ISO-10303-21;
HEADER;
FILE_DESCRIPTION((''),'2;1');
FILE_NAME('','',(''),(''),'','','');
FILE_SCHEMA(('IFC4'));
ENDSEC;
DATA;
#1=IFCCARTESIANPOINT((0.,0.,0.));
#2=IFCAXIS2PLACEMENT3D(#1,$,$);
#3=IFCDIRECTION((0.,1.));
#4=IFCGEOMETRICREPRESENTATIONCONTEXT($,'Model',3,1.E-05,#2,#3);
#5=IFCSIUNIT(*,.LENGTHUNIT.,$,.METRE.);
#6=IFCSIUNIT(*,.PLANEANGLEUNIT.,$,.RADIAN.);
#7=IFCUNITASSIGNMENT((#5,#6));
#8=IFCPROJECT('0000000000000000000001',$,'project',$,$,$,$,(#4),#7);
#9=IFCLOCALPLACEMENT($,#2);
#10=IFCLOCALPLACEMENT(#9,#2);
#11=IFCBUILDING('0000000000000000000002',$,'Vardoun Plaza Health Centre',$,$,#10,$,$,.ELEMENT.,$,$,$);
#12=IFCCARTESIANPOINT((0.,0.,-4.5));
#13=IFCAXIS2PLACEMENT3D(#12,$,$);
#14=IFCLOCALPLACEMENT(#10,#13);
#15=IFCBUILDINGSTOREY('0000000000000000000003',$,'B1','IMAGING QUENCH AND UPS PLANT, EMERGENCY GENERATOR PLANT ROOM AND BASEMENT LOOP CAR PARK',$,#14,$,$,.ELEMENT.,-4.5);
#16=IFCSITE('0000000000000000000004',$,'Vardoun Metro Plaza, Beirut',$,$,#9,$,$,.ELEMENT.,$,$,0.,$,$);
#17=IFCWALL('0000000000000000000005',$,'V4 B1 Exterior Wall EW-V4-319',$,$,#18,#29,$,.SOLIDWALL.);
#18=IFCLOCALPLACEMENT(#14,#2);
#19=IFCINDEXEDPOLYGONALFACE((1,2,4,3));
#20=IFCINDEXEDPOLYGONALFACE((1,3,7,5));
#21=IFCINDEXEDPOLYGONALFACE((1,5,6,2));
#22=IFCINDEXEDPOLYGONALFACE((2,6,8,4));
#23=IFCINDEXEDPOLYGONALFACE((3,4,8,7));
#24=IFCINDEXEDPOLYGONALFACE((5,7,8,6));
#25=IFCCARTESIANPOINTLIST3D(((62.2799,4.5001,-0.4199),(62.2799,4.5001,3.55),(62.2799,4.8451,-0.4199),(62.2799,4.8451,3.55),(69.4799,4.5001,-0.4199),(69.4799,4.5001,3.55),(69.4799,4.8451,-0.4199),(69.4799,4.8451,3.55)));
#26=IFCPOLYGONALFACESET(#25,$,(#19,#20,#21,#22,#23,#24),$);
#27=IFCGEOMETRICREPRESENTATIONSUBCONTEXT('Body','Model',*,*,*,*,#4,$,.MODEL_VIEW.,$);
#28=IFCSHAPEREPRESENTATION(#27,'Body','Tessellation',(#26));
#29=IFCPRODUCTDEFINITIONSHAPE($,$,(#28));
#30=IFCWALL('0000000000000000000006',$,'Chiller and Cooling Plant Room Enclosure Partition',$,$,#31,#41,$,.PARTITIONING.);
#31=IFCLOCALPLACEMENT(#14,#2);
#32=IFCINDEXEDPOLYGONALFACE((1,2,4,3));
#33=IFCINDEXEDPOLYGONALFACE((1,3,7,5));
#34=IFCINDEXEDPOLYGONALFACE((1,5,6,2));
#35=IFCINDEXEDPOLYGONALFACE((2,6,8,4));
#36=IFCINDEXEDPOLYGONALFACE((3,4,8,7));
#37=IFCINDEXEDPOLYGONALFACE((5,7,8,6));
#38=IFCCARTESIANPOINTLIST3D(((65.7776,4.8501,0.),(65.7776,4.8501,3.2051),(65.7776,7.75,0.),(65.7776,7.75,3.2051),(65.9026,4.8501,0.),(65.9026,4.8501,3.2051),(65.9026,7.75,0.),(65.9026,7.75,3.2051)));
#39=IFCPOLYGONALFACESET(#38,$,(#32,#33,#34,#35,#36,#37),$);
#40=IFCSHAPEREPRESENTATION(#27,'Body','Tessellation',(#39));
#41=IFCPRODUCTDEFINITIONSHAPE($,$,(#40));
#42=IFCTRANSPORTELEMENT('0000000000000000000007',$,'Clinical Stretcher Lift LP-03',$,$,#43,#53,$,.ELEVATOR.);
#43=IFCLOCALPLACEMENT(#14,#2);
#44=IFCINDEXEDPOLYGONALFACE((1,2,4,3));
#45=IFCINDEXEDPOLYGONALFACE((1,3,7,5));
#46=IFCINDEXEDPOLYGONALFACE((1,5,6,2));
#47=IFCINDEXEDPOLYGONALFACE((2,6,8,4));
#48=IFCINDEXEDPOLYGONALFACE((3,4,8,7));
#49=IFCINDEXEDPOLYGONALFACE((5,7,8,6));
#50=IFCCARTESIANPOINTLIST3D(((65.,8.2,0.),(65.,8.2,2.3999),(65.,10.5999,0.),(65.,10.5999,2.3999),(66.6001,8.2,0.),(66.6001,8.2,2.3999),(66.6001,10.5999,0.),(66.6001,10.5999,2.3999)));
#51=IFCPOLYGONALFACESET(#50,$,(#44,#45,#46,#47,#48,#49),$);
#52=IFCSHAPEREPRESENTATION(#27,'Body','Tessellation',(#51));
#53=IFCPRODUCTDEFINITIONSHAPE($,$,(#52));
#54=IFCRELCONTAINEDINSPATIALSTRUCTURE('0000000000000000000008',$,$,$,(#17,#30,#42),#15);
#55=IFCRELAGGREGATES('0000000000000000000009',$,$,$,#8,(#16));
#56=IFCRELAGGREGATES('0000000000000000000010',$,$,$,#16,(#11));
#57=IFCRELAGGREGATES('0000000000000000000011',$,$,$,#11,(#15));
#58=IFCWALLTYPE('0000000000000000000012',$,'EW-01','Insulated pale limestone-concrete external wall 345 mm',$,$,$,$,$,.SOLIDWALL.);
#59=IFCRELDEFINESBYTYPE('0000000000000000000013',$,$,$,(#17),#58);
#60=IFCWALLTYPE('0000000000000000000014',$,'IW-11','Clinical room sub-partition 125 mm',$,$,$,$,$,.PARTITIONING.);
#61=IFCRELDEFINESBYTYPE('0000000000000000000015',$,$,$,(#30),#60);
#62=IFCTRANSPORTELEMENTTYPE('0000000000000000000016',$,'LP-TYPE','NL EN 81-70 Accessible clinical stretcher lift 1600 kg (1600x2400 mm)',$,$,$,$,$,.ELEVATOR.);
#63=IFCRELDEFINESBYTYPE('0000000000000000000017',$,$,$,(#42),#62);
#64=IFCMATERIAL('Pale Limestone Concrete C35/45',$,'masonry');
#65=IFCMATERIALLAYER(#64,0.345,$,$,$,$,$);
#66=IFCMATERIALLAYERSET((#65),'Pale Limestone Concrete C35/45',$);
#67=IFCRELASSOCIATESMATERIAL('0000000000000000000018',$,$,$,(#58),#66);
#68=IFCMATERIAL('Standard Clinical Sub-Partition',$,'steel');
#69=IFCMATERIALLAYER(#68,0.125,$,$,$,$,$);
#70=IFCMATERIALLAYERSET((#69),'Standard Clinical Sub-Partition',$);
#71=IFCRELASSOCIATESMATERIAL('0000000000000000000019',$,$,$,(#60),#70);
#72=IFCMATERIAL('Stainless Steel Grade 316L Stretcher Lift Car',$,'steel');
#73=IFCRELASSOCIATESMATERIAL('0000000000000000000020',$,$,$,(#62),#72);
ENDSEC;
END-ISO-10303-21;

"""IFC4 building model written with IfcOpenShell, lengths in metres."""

from ifc_helpers import new_model, si_unit, direction, frame, frame_2d, origin, origin_2d, place, context, subcontext, project, spatial, rectangle, extrude, material, layer, layer_set, type_object, element, save


model = new_model("IFC4")

# Units and contexts
model_context = context("Model", 3, precision=1e-05, world=origin(), true_north=direction((0.0, 1.0)))
body_context = subcontext(model_context, "Body", "Model", "MODEL_VIEW")
ifc_project = project(units=[si_unit("LENGTHUNIT", "METRE"), si_unit("PLANEANGLEUNIT", "RADIAN")], contexts=[model_context])

# Site, building, storey
site_placement = place(None, origin())
site = spatial("IfcSite", under=ifc_project, at=site_placement, Name="Vardoun Metro Plaza, Beirut", CompositionType="ELEMENT", RefElevation=0.0)
building_placement = place(site_placement, origin())
building = spatial("IfcBuilding", under=site, at=building_placement, Name="Vardoun Plaza Health Centre", CompositionType="ELEMENT")
storey_placement = place(building_placement, frame((0.0, 0.0, -4.5)))
storey = spatial("IfcBuildingStorey", under=building, at=storey_placement, Name="B1", Description="IMAGING QUENCH AND UPS PLANT, EMERGENCY GENERATOR PLANT ROOM AND BASEMENT LOOP CAR PARK", CompositionType="ELEMENT", Elevation=-4.5)

# Walls
ifc_material_1 = material(Name="Pale Limestone Concrete C35/45", Category="masonry")
ifc_layer_1 = layer(ifc_material_1, 0.345)
ifc_layer_set_1 = layer_set([ifc_layer_1], Name="Pale Limestone Concrete C35/45")
wall_type_1 = type_object("IfcWallType", Name="EW-01", Description="Insulated pale limestone-concrete external wall 345 mm", PredefinedType="SOLIDWALL", material=ifc_layer_set_1)
wall_1_placement = place(storey_placement, frame((69.48, 4.6726, -0.4199), z_axis=(0.0, 0.0, 1.0), x_axis=(-1.0, 0.0, 0.0)))
element("IfcWall", 1, at=wall_1_placement, inside=storey, type_object=wall_type_1, Name="V4 B1 Exterior Wall EW-V4-319", PredefinedType="SOLIDWALL", context=body_context, shape_type="SweptSolid", body=[
    extrude(rectangle(XDim=7.2, YDim=0.345, at=frame_2d((3.6001, 0.0))), origin(), (0.0, 0.0, 1.0), 3.97),
])
ifc_material_2 = material(Name="Standard Clinical Sub-Partition", Category="steel")
ifc_layer_2 = layer(ifc_material_2, 0.125)
ifc_layer_set_2 = layer_set([ifc_layer_2], Name="Standard Clinical Sub-Partition")
wall_type_2 = type_object("IfcWallType", Name="IW-11", Description="Clinical room sub-partition 125 mm", PredefinedType="PARTITIONING", material=ifc_layer_set_2)
wall_2_placement = place(storey_placement, frame((65.8401, 4.8501, 0.0), z_axis=(0.0, 0.0, 1.0), x_axis=(0.0, 1.0, 0.0)))
element("IfcWall", 2, at=wall_2_placement, inside=storey, type_object=wall_type_2, Name="Chiller and Cooling Plant Room Enclosure Partition", PredefinedType="PARTITIONING", context=body_context, shape_type="SweptSolid", body=[
    extrude(rectangle(XDim=2.8999, YDim=0.125, at=frame_2d((1.45, 0.0))), origin(), (0.0, 0.0, 1.0), 3.2051),
])

# Transport element
ifc_material_3 = material(Name="Stainless Steel Grade 316L Stretcher Lift Car", Category="steel")
transport_element_type = type_object("IfcTransportElementType", Name="LP-TYPE", Description="NL EN 81-70 Accessible clinical stretcher lift 1600 kg (1600x2400 mm)", PredefinedType="ELEVATOR", material=ifc_material_3)
transport_element_placement = place(storey_placement, frame((65.8, 9.3999, 0.0), z_axis=(0.0, 0.0, 1.0), x_axis=(1.0, 0.0, 0.0)))
element("IfcTransportElement", 3, at=transport_element_placement, inside=storey, type_object=transport_element_type, Name="Clinical Stretcher Lift LP-03", PredefinedType="ELEVATOR", context=body_context, shape_type="SweptSolid", body=[
    extrude(rectangle(XDim=1.6001, YDim=2.3999, at=origin_2d()), origin(), (0.0, 0.0, 1.0), 2.3999),
])

save(model, "model.ifc")
